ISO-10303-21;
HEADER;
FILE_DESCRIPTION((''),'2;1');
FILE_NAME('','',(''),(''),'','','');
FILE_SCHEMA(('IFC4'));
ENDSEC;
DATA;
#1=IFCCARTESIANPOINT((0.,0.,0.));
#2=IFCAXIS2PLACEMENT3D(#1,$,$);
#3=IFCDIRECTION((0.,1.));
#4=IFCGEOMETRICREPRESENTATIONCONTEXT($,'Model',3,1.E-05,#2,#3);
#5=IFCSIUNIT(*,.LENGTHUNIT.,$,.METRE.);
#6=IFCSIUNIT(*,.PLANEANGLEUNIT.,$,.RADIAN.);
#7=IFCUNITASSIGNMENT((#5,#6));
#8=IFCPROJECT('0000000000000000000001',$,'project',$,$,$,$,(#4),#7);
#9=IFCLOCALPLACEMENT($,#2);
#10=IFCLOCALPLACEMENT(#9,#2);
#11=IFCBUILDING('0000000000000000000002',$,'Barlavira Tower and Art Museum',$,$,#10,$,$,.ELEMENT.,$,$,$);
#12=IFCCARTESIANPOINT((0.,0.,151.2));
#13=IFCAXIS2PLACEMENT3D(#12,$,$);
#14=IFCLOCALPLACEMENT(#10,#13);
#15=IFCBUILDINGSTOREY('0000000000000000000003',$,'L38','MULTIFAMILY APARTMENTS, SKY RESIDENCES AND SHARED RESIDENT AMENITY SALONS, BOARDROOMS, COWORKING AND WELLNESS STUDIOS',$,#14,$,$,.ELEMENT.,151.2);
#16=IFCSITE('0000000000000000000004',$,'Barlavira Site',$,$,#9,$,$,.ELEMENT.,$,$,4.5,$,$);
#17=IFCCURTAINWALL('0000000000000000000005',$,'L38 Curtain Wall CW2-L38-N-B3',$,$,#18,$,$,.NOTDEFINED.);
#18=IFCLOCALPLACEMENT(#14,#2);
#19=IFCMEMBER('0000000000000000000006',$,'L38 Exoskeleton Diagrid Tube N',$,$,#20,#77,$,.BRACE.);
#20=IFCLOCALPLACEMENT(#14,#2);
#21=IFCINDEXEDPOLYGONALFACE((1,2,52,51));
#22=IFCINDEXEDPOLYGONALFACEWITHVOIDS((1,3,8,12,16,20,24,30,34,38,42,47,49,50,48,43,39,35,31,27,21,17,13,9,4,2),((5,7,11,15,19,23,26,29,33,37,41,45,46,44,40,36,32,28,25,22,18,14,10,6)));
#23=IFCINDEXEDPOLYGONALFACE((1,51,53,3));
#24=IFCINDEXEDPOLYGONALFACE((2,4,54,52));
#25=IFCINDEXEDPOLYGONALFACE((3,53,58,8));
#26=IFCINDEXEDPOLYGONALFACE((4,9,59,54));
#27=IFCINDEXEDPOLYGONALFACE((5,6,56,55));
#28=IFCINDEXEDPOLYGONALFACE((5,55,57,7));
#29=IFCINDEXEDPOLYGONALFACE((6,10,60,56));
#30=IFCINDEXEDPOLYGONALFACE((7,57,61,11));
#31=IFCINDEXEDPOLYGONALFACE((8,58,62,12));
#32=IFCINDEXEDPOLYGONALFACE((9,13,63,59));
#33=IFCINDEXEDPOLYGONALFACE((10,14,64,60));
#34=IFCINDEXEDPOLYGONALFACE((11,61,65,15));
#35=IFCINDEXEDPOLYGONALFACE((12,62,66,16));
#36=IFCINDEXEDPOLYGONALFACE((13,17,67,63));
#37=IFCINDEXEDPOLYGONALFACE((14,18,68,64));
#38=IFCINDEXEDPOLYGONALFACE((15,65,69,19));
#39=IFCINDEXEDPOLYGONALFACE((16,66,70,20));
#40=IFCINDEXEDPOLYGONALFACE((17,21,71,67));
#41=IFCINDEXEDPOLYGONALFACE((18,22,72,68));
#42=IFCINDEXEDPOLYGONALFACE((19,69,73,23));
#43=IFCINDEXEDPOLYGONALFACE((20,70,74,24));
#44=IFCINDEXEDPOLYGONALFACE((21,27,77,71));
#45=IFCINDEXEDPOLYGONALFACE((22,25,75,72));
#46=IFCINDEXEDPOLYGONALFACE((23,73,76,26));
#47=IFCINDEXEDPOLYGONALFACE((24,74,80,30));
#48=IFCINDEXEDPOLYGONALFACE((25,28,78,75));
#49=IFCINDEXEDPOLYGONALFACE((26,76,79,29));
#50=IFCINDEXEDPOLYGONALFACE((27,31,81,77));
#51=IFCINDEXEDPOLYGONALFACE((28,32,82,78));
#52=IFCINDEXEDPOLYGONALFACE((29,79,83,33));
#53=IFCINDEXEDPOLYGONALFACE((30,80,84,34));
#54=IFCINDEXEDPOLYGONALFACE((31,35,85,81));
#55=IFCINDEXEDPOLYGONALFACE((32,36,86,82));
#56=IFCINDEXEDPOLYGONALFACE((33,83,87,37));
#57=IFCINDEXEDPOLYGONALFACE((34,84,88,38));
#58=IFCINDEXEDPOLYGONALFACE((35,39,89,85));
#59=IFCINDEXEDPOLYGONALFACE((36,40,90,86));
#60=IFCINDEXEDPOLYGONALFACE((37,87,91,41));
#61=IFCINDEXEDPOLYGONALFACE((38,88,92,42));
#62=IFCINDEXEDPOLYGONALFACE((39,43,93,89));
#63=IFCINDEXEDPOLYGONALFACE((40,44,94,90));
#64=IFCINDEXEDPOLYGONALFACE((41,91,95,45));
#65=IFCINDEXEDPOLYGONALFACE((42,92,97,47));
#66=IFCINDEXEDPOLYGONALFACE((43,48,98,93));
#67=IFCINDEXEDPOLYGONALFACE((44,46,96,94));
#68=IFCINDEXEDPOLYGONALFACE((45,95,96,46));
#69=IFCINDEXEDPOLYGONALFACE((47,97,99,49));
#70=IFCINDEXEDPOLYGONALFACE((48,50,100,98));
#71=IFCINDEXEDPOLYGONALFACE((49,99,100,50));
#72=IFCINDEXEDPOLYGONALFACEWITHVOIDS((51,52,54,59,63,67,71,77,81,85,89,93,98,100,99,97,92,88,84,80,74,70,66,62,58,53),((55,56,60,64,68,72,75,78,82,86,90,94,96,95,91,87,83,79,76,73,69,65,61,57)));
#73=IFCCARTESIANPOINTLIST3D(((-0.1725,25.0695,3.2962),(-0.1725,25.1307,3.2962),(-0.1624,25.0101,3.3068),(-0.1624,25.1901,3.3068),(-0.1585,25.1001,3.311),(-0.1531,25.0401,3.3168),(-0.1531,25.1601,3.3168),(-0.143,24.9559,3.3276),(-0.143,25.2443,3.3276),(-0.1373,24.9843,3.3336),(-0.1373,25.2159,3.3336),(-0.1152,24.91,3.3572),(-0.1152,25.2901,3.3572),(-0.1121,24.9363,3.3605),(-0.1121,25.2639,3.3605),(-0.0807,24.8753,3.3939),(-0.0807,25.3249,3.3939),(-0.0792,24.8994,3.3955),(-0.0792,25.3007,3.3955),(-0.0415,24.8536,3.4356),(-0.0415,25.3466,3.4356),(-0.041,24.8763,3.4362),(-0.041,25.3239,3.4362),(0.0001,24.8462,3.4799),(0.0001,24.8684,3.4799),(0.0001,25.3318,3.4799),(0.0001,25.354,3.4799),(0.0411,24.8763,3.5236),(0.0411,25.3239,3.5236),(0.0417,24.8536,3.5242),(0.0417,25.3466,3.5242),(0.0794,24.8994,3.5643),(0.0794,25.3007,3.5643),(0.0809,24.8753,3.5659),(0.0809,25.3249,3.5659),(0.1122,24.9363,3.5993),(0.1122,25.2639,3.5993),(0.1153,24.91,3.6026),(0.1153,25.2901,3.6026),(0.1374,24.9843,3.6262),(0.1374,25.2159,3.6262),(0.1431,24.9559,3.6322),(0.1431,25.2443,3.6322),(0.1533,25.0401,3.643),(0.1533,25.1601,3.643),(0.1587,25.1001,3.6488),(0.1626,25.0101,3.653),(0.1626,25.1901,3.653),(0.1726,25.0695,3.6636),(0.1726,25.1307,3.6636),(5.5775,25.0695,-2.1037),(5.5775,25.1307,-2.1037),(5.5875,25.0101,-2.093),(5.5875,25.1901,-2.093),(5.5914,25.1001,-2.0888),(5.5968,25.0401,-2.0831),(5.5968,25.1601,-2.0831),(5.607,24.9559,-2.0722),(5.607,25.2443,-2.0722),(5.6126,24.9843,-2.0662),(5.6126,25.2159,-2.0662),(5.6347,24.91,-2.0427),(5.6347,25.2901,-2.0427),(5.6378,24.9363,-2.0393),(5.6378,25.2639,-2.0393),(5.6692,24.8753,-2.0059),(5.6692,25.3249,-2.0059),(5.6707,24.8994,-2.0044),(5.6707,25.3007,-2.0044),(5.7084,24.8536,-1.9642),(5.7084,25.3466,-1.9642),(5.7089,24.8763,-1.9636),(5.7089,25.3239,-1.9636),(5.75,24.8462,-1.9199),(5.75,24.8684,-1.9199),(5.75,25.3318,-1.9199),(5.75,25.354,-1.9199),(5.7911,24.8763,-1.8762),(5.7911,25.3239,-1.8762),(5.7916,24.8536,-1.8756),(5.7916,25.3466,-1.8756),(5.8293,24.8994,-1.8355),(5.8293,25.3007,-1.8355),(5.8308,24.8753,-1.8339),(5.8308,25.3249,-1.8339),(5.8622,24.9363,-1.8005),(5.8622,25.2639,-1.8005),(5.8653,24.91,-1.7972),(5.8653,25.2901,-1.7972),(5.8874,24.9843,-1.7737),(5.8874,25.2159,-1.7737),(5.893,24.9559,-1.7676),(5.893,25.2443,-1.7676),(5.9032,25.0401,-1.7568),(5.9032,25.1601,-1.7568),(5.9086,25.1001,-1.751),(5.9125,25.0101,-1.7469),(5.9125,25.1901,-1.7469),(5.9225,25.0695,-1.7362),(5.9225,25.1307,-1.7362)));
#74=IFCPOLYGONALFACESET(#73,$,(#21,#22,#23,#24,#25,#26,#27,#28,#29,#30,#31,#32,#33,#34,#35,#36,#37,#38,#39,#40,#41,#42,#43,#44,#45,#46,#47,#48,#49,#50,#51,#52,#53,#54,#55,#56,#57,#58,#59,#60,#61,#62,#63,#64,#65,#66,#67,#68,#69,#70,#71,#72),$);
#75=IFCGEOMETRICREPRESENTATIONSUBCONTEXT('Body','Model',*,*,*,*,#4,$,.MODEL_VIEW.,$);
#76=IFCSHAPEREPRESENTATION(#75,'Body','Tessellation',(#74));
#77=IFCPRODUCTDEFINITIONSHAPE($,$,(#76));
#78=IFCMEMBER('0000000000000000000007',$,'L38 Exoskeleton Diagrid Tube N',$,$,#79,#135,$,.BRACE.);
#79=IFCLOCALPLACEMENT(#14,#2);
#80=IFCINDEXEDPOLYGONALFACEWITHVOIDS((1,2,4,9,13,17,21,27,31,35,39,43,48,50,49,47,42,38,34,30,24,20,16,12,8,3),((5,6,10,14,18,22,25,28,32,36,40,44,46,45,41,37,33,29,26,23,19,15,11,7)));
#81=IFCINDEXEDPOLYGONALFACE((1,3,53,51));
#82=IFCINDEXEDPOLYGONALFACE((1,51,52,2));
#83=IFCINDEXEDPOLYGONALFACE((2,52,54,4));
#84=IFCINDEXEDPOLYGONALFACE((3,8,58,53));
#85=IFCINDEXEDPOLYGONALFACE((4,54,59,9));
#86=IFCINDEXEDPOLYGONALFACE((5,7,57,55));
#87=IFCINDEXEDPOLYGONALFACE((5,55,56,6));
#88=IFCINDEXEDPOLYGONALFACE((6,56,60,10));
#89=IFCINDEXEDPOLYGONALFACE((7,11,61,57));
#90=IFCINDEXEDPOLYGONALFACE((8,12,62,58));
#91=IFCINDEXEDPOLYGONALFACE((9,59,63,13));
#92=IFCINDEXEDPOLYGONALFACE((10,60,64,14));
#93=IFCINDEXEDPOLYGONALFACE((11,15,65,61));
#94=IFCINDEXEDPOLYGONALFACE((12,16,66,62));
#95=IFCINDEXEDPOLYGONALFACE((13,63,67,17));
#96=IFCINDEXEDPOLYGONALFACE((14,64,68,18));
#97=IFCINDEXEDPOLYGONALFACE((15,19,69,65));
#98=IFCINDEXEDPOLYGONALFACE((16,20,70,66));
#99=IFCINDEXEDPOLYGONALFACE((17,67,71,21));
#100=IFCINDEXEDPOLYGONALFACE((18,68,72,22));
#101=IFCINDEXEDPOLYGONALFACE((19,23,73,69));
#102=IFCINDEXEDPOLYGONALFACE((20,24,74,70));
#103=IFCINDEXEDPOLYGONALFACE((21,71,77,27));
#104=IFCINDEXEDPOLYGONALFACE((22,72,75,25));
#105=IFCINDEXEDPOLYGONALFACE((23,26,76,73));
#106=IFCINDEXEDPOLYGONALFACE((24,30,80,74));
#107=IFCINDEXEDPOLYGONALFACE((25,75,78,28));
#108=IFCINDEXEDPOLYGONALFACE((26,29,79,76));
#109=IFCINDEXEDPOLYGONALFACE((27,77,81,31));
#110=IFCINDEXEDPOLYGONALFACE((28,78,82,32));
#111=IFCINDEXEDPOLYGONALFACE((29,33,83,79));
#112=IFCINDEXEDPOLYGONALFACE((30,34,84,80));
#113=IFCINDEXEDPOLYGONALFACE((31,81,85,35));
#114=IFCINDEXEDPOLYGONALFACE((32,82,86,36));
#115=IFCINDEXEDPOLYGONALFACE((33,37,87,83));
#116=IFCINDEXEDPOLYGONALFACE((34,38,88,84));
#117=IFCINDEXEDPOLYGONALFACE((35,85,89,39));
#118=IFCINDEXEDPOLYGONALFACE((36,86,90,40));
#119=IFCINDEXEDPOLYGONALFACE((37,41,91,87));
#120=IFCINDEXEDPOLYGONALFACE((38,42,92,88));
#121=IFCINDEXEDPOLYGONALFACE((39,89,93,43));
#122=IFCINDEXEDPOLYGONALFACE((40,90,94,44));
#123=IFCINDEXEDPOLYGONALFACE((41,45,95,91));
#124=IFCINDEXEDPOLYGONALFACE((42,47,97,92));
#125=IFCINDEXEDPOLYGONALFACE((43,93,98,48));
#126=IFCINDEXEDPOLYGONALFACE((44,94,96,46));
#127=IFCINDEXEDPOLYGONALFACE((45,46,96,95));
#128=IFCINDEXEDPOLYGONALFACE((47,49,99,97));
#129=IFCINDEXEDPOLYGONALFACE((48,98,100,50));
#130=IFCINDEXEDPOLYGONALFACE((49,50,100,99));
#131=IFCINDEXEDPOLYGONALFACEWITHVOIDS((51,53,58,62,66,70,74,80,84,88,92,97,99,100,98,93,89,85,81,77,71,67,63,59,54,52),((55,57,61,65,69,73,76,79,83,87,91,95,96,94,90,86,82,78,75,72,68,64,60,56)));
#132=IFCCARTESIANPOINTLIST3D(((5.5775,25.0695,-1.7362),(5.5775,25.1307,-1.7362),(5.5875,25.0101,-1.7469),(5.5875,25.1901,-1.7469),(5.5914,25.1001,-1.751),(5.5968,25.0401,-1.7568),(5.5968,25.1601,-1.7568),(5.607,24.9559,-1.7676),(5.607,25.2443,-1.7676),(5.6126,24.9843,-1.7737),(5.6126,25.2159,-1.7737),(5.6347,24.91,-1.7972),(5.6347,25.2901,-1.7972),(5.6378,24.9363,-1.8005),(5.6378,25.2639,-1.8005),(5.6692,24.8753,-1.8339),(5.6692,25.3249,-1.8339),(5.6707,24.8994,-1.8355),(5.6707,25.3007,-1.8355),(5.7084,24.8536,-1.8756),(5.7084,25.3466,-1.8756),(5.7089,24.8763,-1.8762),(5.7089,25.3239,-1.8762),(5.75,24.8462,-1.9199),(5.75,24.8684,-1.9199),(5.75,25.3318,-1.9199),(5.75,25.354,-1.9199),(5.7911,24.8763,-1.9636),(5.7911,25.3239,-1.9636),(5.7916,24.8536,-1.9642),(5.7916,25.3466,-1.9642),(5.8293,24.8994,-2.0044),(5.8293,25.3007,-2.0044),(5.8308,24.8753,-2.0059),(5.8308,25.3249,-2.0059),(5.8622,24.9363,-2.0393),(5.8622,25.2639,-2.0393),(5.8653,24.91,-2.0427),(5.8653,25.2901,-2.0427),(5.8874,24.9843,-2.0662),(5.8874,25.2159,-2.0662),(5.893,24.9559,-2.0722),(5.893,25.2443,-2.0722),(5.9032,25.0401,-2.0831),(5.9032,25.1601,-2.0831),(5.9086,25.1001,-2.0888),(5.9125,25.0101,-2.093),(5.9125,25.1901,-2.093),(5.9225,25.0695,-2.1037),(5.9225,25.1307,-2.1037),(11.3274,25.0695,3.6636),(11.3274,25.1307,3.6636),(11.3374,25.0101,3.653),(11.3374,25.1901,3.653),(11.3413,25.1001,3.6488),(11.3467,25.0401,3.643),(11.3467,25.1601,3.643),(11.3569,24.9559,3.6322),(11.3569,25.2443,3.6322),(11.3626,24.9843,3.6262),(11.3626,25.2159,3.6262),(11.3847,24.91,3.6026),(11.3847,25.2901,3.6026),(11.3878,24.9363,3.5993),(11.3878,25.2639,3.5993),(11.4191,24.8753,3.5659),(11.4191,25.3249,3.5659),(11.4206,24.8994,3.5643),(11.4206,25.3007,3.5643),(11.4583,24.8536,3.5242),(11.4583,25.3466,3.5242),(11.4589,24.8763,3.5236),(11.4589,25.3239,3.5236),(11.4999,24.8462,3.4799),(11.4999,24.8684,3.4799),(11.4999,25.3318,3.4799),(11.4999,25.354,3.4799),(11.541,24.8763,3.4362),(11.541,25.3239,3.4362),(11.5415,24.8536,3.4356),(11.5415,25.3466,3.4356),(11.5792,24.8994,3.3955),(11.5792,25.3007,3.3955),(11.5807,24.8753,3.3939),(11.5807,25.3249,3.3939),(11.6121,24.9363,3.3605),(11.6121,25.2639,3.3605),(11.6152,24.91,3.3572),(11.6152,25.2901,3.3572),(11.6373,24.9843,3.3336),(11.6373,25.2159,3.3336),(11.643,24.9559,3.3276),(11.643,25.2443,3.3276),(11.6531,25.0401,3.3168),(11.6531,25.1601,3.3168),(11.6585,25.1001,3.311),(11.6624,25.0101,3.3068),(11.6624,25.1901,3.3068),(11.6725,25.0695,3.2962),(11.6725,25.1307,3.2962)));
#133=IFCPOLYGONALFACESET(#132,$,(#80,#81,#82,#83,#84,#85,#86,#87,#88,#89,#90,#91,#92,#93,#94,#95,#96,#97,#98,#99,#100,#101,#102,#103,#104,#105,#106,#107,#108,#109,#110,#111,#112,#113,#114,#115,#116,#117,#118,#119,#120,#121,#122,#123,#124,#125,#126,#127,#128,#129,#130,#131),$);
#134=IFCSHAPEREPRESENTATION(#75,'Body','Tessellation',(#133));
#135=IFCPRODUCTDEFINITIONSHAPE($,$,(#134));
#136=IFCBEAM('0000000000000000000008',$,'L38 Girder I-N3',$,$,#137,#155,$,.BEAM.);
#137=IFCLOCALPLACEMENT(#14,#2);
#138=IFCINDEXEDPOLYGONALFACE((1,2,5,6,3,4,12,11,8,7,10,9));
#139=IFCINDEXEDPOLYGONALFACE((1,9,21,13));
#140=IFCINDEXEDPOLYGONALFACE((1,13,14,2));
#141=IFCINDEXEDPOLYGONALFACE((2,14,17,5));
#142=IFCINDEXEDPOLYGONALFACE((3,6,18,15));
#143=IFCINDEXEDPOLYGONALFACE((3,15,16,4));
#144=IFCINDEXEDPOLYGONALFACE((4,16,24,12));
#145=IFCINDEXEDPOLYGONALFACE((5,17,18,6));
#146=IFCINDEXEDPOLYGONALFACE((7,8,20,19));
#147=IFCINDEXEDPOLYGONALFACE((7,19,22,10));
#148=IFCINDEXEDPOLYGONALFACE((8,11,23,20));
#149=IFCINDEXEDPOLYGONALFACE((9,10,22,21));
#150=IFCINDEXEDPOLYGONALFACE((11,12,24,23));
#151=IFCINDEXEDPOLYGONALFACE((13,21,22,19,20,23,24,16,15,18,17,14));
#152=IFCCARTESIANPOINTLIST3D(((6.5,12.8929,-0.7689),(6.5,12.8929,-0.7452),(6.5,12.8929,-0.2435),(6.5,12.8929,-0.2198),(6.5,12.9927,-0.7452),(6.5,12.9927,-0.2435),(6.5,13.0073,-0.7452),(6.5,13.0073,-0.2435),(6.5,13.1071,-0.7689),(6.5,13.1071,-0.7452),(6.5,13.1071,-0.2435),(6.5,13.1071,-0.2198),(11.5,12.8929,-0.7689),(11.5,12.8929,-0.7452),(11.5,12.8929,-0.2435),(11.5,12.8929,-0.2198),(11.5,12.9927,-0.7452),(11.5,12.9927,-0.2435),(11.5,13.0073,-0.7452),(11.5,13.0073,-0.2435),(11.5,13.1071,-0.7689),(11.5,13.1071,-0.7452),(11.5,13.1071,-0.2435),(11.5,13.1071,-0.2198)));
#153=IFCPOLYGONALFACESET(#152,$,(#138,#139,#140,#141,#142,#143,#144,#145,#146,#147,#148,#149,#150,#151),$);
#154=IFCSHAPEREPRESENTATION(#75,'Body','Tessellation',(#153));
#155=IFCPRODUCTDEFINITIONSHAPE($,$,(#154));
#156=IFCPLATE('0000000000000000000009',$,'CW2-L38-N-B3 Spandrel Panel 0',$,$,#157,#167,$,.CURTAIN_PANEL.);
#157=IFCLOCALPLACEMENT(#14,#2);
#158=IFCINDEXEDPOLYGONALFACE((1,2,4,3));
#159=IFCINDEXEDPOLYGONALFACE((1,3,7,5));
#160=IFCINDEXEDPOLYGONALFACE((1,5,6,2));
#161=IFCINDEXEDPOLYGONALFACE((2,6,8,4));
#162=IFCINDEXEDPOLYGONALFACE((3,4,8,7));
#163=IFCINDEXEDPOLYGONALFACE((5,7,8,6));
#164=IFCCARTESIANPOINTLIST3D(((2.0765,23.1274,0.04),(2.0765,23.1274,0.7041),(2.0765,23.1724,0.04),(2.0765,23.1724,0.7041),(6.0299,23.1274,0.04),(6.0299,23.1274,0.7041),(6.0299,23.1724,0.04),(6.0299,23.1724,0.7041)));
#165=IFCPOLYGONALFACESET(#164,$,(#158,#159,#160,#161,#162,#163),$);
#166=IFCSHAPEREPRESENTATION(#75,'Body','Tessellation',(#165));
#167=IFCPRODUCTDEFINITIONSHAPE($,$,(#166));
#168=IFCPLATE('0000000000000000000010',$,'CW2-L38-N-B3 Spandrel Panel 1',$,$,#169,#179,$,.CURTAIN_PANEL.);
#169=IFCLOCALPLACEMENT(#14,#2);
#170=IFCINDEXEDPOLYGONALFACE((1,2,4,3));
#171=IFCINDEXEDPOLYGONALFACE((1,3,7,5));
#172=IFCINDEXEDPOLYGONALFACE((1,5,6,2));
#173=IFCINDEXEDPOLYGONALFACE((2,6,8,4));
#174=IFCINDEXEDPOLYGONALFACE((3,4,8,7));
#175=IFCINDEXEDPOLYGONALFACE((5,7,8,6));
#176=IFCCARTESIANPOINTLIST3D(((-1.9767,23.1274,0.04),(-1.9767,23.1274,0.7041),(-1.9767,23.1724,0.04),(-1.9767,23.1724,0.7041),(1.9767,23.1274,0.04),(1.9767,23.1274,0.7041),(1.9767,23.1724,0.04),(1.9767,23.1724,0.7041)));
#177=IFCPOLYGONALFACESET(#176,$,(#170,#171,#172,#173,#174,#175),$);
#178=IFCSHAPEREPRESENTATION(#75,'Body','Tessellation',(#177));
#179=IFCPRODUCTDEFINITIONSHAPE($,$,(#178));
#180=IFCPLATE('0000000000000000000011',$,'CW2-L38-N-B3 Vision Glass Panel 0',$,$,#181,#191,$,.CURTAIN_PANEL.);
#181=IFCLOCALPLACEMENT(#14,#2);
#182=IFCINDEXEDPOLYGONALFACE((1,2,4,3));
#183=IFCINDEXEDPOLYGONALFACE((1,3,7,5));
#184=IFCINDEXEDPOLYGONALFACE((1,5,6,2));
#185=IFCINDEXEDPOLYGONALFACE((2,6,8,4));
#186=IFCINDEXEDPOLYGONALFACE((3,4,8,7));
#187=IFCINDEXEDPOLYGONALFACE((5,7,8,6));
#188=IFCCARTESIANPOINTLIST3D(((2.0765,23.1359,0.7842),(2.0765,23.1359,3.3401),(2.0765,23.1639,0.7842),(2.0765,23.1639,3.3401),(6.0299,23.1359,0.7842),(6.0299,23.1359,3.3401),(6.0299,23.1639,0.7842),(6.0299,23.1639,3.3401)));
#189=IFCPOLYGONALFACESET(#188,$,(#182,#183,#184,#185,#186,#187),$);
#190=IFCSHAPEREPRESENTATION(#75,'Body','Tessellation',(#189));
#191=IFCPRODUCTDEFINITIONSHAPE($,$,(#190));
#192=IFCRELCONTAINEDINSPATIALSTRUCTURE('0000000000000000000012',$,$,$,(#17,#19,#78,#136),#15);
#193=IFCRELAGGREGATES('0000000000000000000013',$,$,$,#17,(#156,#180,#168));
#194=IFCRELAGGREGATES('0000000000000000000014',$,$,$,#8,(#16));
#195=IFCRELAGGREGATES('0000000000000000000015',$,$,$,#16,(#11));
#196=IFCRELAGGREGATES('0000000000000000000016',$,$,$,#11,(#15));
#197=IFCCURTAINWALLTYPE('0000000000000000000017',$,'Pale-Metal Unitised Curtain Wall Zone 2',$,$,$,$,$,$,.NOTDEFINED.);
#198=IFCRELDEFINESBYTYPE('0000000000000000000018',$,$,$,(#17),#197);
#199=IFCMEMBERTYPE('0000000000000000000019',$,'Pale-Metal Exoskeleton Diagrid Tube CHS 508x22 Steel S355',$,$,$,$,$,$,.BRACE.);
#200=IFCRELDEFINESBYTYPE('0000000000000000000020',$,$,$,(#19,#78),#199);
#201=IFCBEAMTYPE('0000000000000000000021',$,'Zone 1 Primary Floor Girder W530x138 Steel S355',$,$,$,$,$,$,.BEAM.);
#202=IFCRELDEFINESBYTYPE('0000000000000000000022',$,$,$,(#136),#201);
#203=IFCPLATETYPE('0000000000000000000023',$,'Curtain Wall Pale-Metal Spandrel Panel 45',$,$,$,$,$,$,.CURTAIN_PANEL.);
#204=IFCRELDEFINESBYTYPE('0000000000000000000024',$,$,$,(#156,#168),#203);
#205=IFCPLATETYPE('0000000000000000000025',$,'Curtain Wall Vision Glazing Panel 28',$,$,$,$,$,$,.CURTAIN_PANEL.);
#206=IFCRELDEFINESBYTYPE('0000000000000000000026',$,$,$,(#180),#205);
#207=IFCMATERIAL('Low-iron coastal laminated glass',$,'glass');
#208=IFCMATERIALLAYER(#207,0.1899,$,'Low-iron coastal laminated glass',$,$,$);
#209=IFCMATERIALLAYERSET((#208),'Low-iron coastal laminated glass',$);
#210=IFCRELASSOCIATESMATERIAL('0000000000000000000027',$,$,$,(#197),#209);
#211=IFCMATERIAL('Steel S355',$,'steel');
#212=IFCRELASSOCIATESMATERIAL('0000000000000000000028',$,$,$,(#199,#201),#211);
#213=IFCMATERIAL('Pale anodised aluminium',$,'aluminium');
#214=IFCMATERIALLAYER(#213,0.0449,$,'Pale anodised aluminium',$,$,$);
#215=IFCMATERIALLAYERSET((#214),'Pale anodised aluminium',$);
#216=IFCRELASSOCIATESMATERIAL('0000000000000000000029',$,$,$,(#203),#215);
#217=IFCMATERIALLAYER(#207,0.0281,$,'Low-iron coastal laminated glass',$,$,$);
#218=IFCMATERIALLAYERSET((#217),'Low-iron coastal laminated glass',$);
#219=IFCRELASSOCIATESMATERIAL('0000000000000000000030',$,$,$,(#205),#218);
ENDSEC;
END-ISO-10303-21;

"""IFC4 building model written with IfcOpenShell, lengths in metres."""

from ifc_helpers import new_model, si_unit, direction, frame, origin, origin_2d, place, context, subcontext, project, spatial, rectangle, hollow_circle, i_section, extrude, material, layer, layer_set, material_profile, profile_set, type_object, element, aggregate, save


model = new_model("IFC4")

# Units and contexts
model_context = context("Model", 3, precision=1e-05, world=origin(), true_north=direction((0.0, 1.0)))
body_context = subcontext(model_context, "Body", "Model", "MODEL_VIEW")
ifc_project = project(units=[si_unit("LENGTHUNIT", "METRE"), si_unit("PLANEANGLEUNIT", "RADIAN")], contexts=[model_context])

# Site, building, storey
site_placement = place(None, origin())
site = spatial("IfcSite", under=ifc_project, at=site_placement, Name="Barlavira Site", CompositionType="ELEMENT", RefElevation=4.5)
building_placement = place(site_placement, origin())
building = spatial("IfcBuilding", under=site, at=building_placement, Name="Barlavira Tower and Art Museum", CompositionType="ELEMENT")
storey_placement = place(building_placement, frame((0.0, 0.0, 151.2)))
storey = spatial("IfcBuildingStorey", under=building, at=storey_placement, Name="L38", Description="MULTIFAMILY APARTMENTS, SKY RESIDENCES AND SHARED RESIDENT AMENITY SALONS, BOARDROOMS, COWORKING AND WELLNESS STUDIOS", CompositionType="ELEMENT", Elevation=151.2)

# Curtain wall
ifc_material_1 = material(Name="Low-iron coastal laminated glass", Category="glass")
ifc_layer_1 = layer(ifc_material_1, 0.1899, Name="Low-iron coastal laminated glass")
ifc_layer_set_1 = layer_set([ifc_layer_1], Name="Low-iron coastal laminated glass")
curtain_wall_type = type_object("IfcCurtainWallType", Name="Pale-Metal Unitised Curtain Wall Zone 2", PredefinedType="NOTDEFINED", material=ifc_layer_set_1)
curtain_wall_placement = place(storey_placement, origin())
curtain_wall = element("IfcCurtainWall", 1, at=curtain_wall_placement, inside=storey, type_object=curtain_wall_type, Name="L38 Curtain Wall CW2-L38-N-B3", PredefinedType="NOTDEFINED")
ifc_material_2 = material(Name="Pale anodised aluminium", Category="aluminium")

# Members
ifc_material_3 = material(Name="Steel S355", Category="steel")
ifc_material_profile_1 = material_profile(ifc_material_3, hollow_circle(Radius=0.2539, WallThickness=0.0222, at=origin_2d()), Name="CHS 508.0x22.2")
ifc_profile_set_1 = profile_set([ifc_material_profile_1], Name="Steel S355")
member_type_1 = type_object("IfcMemberType", Name="Pale-Metal Exoskeleton Diagrid Tube CHS 508x22 Steel S355", PredefinedType="BRACE", material=ifc_profile_set_1)
for number, where, z_axis, x_axis, name in (
    (2, (5.75, 25.1001, -1.9199), (-0.72895, 0.0, 0.684567), (0.0, -1.0, 0.0), "L38 Exoskeleton Diagrid Tube N"),
    (3, (5.75, 25.1001, -1.9199), (0.72895, 0.0, 0.684567), (0.0, 1.0, 0.0), "L38 Exoskeleton Diagrid Tube N"),
):
    element("IfcMember", number, at=place(storey_placement, frame(where, z_axis=z_axis, x_axis=x_axis)), inside=storey, type_object=member_type_1, Name=name, PredefinedType="BRACE", context=body_context, shape_type="SweptSolid", body=[
        extrude(hollow_circle(Radius=0.2539, WallThickness=0.0222, at=origin_2d()), origin(), (0.0, 0.0, 1.0), 7.8879),
    ])

# Beam
ifc_material_profile_2 = material_profile(ifc_material_3, i_section(OverallWidth=0.2141, OverallDepth=0.5491, WebThickness=0.0146, FlangeThickness=0.0237, at=origin_2d()), Name="W530x138.0")
ifc_profile_set_2 = profile_set([ifc_material_profile_2], Name="Steel S355")
beam_type = type_object("IfcBeamType", Name="Zone 1 Primary Floor Girder W530x138 Steel S355", PredefinedType="BEAM", material=ifc_profile_set_2)
beam_placement = place(storey_placement, frame((6.5, 13.0, -0.4944), z_axis=(1.0, 0.0, 0.0), x_axis=(0.0, 1.0, 0.0)))
element("IfcBeam", 4, at=beam_placement, inside=storey, type_object=beam_type, Name="L38 Girder I-N3", PredefinedType="BEAM", context=body_context, shape_type="SweptSolid", body=[
    extrude(i_section(OverallWidth=0.2141, OverallDepth=0.5491, WebThickness=0.0146, FlangeThickness=0.0237, at=origin_2d()), origin(), (0.0, 0.0, 1.0), 5.0),
])

# Plates
ifc_layer_2 = layer(ifc_material_2, 0.0449, Name="Pale anodised aluminium")
ifc_layer_set_2 = layer_set([ifc_layer_2], Name="Pale anodised aluminium")
plate_type_1 = type_object("IfcPlateType", Name="Curtain Wall Pale-Metal Spandrel Panel 45", PredefinedType="CURTAIN_PANEL", material=ifc_layer_set_2)
plate_1_placement = place(storey_placement, frame((4.0532, 23.1499, 0.04), z_axis=(0.0, 0.0, 1.0), x_axis=(-1.0, 0.0, 0.0)))
plate_1 = element("IfcPlate", 5, at=plate_1_placement, type_object=plate_type_1, Name="CW2-L38-N-B3 Spandrel Panel 0", PredefinedType="CURTAIN_PANEL", context=body_context, shape_type="SweptSolid", body=[
    extrude(rectangle(XDim=3.9534, YDim=0.0449, at=origin_2d()), origin(), (0.0, 0.0, 1.0), 0.6641),
])
plate_2_placement = place(storey_placement, frame((0.0, 23.1499, 0.04), z_axis=(0.0, 0.0, 1.0), x_axis=(-1.0, 0.0, 0.0)))
plate_2 = element("IfcPlate", 6, at=plate_2_placement, type_object=plate_type_1, Name="CW2-L38-N-B3 Spandrel Panel 1", PredefinedType="CURTAIN_PANEL", context=body_context, shape_type="SweptSolid", body=[
    extrude(rectangle(XDim=3.9534, YDim=0.0449, at=origin_2d()), origin(), (0.0, 0.0, 1.0), 0.6641),
])
ifc_layer_3 = layer(ifc_material_1, 0.0281, Name="Low-iron coastal laminated glass")
ifc_layer_set_3 = layer_set([ifc_layer_3], Name="Low-iron coastal laminated glass")
plate_type_2 = type_object("IfcPlateType", Name="Curtain Wall Vision Glazing Panel 28", PredefinedType="CURTAIN_PANEL", material=ifc_layer_set_3)
plate_3_placement = place(storey_placement, frame((4.0532, 23.1499, 0.7842), z_axis=(0.0, 0.0, 1.0), x_axis=(-1.0, 0.0, 0.0)))
plate_3 = element("IfcPlate", 7, at=plate_3_placement, type_object=plate_type_2, Name="CW2-L38-N-B3 Vision Glass Panel 0", PredefinedType="CURTAIN_PANEL", context=body_context, shape_type="SweptSolid", body=[
    extrude(rectangle(XDim=3.9534, YDim=0.0281, at=origin_2d()), origin(), (0.0, 0.0, 1.0), 2.5559),
])
aggregate(curtain_wall, [plate_1, plate_3, plate_2])

save(model, "model.ifc")
